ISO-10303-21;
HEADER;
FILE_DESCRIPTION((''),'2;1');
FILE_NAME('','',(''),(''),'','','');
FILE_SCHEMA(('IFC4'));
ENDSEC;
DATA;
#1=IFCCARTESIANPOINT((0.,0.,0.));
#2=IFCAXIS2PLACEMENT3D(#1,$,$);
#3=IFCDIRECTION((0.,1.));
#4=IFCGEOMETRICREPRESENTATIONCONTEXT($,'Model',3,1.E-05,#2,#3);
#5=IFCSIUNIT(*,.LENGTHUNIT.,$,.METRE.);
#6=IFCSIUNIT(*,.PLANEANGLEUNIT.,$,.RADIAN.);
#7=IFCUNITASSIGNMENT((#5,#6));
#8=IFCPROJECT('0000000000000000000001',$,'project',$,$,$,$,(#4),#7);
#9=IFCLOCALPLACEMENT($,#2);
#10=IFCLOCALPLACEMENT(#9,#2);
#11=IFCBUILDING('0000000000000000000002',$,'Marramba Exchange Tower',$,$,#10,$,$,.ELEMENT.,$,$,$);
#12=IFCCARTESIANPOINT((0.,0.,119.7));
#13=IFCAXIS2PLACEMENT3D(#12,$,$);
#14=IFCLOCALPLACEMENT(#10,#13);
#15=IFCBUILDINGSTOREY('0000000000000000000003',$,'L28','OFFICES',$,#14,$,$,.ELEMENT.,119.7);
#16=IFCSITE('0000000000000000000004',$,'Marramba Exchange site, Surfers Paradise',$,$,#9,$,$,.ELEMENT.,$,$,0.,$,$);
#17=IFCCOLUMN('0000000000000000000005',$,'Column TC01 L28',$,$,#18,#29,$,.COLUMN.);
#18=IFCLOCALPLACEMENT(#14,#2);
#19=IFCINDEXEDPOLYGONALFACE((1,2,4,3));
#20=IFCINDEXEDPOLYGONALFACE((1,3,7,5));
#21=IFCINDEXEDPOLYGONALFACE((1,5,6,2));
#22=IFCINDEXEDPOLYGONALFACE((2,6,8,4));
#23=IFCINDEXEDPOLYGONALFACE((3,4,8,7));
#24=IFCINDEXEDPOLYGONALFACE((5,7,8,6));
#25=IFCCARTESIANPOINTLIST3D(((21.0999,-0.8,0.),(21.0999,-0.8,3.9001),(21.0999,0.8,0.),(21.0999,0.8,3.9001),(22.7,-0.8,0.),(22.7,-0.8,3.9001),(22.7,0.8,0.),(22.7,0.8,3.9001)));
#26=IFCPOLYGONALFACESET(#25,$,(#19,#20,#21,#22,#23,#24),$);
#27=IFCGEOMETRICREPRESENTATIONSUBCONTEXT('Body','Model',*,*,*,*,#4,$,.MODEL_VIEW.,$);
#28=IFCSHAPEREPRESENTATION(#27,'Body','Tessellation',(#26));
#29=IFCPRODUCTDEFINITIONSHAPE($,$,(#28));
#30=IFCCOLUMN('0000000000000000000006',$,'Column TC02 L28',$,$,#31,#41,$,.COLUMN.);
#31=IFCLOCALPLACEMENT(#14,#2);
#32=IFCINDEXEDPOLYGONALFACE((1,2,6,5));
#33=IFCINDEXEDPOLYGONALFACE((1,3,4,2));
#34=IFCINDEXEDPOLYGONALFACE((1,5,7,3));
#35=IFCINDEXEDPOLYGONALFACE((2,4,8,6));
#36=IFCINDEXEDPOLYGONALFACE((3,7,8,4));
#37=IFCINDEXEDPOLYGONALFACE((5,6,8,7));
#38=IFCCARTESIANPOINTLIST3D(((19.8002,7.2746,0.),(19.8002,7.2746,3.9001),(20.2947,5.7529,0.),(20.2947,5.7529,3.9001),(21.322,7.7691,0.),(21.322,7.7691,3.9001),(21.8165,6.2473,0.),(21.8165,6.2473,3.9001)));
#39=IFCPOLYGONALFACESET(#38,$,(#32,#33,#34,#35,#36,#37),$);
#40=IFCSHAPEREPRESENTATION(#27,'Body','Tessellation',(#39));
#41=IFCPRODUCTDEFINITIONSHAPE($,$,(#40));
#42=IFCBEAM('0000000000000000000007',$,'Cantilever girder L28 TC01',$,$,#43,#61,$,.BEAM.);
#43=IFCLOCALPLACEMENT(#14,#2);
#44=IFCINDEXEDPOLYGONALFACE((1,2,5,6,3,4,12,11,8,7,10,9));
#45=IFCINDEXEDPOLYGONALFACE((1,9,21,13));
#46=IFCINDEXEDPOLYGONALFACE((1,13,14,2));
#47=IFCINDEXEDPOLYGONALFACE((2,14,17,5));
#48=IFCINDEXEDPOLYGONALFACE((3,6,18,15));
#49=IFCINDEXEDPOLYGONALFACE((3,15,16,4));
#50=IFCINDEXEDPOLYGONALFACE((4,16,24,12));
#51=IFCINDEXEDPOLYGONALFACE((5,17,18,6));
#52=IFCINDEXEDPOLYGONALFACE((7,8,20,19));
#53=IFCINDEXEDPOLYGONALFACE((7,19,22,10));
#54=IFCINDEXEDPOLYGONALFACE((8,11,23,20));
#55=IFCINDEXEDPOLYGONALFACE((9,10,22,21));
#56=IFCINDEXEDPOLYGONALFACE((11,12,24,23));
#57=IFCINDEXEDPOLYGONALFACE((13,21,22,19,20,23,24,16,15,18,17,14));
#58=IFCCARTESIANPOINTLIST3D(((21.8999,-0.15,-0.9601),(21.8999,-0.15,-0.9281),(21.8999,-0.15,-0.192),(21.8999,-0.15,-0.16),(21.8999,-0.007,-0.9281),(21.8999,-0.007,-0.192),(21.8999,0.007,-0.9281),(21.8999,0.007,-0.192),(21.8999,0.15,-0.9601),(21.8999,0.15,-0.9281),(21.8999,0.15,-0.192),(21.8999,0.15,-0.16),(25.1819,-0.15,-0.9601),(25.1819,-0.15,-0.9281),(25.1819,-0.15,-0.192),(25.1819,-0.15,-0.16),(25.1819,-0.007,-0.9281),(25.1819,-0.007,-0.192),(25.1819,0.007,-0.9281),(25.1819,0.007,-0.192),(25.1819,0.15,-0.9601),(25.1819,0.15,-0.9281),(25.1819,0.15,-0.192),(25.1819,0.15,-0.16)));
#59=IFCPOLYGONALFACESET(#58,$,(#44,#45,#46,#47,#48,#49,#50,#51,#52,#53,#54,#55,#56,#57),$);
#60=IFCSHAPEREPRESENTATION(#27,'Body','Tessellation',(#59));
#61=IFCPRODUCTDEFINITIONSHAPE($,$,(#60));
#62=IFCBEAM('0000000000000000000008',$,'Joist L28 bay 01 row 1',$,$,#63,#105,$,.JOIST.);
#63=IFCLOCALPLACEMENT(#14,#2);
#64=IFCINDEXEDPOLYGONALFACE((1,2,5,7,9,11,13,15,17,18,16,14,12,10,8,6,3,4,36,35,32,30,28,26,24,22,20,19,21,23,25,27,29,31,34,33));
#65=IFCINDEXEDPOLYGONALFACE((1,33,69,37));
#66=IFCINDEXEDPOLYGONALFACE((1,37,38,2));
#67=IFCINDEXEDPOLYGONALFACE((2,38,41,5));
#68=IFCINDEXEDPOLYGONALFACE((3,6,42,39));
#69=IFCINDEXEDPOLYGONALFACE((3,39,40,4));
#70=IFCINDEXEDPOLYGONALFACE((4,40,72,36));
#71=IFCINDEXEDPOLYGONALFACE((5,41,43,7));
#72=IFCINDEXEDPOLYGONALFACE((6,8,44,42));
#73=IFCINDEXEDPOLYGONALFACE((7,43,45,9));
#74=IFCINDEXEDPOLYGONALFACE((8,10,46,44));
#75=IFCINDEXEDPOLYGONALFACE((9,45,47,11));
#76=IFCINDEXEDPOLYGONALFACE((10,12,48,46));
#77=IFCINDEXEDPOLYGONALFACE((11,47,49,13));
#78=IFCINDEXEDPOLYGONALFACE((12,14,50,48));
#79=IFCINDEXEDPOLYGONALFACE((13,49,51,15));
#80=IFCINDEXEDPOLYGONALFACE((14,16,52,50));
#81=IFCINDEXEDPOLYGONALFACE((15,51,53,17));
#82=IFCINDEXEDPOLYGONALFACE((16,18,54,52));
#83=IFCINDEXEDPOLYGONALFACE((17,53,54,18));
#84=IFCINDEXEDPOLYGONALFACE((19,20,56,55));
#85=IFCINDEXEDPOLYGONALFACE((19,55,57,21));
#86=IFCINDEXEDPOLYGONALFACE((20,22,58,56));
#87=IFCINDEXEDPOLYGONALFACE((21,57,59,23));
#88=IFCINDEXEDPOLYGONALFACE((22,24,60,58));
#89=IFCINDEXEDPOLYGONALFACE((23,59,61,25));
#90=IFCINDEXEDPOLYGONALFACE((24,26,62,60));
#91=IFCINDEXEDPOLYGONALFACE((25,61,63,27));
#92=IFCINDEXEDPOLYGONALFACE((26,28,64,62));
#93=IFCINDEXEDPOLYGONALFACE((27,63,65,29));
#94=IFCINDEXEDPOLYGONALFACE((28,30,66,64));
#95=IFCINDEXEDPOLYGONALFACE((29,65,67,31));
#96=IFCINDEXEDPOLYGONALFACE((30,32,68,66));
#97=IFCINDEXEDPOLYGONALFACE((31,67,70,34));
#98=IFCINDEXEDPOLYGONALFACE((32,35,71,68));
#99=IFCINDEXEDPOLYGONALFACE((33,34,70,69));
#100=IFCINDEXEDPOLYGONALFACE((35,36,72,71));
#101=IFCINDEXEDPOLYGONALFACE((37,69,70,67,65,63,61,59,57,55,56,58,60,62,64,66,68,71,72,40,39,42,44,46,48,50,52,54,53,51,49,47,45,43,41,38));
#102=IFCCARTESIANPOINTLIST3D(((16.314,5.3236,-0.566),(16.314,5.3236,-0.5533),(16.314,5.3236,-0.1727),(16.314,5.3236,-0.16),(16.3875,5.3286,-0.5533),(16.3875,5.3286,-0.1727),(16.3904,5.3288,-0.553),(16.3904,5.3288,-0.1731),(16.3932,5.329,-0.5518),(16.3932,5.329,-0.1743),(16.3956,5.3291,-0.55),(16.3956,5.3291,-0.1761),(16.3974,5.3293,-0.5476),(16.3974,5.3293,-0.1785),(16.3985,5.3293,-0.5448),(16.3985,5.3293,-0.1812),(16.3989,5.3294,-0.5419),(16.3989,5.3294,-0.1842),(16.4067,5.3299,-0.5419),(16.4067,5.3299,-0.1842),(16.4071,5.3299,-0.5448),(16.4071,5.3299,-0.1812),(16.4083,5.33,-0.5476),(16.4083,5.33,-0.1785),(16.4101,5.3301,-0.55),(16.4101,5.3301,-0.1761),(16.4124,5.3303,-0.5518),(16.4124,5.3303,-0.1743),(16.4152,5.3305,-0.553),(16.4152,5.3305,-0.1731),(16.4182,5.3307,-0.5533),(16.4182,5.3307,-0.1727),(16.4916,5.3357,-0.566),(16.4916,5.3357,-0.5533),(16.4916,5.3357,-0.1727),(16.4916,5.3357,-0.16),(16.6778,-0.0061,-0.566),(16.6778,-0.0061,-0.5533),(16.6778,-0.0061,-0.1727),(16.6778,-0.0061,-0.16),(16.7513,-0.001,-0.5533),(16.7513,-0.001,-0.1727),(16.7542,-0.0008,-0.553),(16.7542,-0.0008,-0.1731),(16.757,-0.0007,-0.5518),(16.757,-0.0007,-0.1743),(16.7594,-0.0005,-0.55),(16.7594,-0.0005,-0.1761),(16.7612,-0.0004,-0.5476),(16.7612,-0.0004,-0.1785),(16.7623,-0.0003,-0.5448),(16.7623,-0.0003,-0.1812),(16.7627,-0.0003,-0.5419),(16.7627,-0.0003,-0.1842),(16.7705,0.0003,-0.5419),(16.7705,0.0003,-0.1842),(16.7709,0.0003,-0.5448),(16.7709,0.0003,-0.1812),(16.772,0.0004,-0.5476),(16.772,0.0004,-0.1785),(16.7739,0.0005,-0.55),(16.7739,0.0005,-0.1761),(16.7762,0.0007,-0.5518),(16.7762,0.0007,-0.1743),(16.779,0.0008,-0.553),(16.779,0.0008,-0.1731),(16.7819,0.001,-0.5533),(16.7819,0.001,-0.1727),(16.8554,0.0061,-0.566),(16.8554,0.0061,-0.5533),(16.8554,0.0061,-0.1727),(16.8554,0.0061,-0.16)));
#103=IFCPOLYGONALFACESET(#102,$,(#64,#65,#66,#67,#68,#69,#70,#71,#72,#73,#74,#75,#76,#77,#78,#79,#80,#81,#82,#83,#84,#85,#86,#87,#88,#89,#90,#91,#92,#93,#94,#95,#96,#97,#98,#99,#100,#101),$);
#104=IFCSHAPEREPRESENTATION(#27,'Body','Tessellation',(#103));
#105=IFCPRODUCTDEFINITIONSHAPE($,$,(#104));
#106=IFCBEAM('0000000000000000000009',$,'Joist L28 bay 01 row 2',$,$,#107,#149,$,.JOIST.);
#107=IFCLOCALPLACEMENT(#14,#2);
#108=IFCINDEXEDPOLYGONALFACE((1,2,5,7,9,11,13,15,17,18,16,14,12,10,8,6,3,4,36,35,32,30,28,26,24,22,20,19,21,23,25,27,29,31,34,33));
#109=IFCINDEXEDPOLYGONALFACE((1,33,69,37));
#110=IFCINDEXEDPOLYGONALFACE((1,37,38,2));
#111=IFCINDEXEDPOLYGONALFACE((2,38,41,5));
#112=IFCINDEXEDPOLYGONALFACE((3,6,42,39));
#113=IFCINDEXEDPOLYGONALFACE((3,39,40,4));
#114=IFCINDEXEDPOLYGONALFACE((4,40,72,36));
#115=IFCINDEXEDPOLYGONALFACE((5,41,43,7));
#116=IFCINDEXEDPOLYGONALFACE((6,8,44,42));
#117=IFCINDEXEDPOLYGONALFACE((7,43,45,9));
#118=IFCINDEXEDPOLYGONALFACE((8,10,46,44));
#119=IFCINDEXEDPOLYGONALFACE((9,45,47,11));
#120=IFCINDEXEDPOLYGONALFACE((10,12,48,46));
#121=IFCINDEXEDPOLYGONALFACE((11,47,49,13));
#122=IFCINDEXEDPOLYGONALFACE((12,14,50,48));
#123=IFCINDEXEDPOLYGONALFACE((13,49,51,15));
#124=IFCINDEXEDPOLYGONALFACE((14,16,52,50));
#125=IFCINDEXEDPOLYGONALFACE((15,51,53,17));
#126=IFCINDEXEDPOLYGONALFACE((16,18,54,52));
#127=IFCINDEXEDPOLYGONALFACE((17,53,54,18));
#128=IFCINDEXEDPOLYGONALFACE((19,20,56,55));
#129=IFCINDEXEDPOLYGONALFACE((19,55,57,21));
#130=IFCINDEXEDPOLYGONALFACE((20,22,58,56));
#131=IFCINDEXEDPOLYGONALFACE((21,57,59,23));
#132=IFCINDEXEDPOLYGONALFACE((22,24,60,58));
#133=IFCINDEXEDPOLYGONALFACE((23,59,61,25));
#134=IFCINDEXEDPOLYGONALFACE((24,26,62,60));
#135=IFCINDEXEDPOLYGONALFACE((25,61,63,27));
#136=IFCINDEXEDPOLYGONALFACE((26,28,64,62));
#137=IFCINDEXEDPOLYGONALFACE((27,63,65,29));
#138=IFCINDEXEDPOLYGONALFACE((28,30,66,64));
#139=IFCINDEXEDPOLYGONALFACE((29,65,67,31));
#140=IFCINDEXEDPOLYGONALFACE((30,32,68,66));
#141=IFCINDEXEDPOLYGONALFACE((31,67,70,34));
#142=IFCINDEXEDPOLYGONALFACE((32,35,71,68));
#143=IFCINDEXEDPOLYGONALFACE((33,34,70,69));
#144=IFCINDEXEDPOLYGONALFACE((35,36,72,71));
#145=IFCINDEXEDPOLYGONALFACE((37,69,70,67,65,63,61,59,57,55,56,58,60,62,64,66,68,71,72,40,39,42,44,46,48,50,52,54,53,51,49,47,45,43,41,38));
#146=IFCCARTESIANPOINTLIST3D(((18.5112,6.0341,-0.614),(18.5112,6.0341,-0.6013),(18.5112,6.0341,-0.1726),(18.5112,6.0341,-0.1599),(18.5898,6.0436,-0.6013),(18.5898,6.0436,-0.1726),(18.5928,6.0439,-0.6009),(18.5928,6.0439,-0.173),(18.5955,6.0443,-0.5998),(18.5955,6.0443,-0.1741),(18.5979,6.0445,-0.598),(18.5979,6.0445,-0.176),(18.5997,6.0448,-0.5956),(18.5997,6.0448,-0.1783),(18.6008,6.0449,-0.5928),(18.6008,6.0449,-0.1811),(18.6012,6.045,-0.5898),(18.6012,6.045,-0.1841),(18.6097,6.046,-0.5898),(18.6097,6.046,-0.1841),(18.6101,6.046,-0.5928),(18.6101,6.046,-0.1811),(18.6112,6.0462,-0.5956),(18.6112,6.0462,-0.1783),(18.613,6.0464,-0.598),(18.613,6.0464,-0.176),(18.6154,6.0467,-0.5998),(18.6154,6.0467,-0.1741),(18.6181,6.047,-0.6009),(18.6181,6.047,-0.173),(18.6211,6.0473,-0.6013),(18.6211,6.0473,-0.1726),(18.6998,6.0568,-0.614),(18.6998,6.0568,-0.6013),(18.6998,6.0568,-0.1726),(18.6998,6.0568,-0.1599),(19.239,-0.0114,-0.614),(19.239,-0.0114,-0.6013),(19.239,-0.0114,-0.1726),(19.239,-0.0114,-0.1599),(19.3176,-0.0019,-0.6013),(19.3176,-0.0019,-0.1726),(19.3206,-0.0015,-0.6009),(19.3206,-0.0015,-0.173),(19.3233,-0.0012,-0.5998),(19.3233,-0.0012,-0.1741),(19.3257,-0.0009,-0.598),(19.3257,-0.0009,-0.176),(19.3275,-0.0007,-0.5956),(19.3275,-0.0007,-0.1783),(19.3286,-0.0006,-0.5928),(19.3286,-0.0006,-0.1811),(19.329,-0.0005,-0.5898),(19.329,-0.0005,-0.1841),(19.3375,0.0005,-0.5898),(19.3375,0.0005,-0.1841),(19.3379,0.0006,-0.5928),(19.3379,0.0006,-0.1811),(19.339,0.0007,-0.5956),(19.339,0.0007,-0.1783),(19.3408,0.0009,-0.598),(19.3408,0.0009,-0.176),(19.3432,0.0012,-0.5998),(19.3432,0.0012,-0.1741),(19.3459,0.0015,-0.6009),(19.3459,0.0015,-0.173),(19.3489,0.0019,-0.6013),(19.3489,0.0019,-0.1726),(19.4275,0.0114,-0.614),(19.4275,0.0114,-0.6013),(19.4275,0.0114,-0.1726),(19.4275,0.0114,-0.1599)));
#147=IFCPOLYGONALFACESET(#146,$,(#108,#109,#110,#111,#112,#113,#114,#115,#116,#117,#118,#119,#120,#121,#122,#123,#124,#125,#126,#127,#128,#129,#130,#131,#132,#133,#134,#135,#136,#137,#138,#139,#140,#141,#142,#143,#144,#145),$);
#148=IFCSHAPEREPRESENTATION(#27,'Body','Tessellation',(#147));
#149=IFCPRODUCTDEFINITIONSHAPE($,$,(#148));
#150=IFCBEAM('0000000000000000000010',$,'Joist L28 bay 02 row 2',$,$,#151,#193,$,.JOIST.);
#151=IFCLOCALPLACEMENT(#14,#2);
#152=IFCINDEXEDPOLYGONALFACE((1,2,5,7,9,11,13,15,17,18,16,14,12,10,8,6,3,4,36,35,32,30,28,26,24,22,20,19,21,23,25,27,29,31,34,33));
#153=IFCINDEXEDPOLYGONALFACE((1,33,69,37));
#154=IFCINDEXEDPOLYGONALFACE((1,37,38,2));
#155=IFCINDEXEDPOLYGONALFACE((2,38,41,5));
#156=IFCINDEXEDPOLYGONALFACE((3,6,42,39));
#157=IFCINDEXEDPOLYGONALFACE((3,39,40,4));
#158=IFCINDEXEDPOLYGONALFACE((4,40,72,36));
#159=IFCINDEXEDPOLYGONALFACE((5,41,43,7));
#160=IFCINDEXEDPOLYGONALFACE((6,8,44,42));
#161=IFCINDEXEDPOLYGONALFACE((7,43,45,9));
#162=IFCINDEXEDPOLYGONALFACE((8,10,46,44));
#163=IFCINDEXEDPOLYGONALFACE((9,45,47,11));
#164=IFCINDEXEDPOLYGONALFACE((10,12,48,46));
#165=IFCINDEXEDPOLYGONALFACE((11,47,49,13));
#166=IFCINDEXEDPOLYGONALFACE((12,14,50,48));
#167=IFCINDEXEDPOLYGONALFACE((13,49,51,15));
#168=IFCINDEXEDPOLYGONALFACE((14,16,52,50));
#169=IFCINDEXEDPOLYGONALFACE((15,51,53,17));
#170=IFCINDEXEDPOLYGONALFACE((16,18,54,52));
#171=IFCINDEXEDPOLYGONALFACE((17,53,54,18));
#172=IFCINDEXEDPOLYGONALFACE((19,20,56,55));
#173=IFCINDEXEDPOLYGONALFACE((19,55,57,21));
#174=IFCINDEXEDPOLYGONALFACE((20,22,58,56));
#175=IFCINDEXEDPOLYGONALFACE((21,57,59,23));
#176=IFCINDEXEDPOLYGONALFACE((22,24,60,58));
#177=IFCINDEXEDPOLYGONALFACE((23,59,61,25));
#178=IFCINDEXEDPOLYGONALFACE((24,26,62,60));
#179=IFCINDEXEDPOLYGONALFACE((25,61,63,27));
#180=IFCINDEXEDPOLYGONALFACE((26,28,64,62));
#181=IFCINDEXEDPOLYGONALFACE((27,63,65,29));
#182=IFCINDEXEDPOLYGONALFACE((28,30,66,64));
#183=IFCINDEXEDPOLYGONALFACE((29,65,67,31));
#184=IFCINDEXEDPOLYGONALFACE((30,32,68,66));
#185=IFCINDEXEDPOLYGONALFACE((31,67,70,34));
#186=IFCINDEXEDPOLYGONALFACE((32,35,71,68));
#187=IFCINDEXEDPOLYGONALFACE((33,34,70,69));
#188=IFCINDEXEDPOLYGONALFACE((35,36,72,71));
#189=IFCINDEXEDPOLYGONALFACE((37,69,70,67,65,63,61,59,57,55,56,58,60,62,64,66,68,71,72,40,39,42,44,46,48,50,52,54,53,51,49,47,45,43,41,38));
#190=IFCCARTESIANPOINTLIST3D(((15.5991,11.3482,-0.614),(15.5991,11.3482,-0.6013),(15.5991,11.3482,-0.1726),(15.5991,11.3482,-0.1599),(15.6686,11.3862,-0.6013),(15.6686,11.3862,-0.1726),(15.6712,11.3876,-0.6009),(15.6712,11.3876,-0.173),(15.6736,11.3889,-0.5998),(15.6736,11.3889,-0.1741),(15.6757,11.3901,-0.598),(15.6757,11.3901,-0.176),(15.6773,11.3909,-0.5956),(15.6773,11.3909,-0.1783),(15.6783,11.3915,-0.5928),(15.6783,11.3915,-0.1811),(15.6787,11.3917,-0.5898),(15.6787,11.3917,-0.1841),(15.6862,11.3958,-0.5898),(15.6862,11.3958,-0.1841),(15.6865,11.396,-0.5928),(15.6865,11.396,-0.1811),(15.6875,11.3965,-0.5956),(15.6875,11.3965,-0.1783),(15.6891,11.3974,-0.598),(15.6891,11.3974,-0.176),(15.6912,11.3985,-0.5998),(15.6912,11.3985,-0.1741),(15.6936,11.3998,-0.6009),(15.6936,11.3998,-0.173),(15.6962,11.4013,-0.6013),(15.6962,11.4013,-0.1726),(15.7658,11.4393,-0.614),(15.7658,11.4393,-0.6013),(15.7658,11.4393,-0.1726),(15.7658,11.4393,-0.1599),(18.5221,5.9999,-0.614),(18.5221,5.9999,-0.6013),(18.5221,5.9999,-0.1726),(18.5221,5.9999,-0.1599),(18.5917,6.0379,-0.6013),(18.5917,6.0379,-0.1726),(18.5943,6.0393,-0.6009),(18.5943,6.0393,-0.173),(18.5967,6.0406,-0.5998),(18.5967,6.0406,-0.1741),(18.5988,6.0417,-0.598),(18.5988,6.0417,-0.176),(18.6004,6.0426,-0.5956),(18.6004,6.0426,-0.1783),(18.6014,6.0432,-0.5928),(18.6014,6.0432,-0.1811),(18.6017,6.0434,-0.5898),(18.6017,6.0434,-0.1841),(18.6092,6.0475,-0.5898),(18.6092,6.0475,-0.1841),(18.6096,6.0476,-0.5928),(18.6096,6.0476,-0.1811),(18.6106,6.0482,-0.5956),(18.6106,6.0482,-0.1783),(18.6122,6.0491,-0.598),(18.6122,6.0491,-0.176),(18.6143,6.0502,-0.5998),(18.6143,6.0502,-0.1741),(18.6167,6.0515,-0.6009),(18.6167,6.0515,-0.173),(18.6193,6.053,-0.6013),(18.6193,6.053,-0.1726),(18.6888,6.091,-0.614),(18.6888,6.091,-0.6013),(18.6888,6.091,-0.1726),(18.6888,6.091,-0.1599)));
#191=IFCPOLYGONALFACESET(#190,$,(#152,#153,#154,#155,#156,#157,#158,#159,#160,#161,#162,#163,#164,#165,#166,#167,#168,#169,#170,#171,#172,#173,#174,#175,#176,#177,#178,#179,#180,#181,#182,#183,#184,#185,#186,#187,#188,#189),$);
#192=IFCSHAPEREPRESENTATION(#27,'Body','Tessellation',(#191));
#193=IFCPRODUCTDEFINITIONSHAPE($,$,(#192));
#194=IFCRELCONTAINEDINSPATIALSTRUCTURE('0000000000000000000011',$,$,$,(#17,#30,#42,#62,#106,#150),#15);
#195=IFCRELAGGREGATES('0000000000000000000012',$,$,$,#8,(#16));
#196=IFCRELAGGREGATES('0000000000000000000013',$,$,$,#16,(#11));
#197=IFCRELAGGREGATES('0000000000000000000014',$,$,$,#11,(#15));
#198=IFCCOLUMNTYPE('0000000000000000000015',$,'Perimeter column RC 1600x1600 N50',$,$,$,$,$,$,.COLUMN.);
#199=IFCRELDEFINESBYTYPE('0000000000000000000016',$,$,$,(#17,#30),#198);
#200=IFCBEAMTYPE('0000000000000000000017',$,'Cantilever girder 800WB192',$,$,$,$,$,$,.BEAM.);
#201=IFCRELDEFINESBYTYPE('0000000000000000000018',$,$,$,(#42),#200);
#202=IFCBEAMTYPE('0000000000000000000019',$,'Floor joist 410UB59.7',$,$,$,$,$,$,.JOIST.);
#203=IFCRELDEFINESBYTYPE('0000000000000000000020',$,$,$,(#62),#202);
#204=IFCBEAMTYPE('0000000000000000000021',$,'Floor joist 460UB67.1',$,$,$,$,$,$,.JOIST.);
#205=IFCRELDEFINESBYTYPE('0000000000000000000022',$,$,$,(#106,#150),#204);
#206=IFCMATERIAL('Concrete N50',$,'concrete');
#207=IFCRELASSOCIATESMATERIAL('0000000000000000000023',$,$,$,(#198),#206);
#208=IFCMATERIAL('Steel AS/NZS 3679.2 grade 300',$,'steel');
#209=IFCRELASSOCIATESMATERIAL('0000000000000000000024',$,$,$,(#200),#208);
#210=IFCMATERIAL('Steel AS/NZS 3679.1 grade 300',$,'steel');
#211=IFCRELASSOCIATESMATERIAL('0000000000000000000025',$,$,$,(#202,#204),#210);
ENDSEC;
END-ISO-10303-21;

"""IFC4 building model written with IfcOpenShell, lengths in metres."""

from ifc_helpers import new_model, si_unit, direction, frame, origin, origin_2d, place, context, subcontext, project, spatial, rectangle, i_section, extrude, material, material_profile, profile_set, type_object, element, save


model = new_model("IFC4")

# Units and contexts
model_context = context("Model", 3, precision=1e-05, world=origin(), true_north=direction((0.0, 1.0)))
body_context = subcontext(model_context, "Body", "Model", "MODEL_VIEW")
ifc_project = project(units=[si_unit("LENGTHUNIT", "METRE"), si_unit("PLANEANGLEUNIT", "RADIAN")], contexts=[model_context])

# Site, building, storey
site_placement = place(None, origin())
site = spatial("IfcSite", under=ifc_project, at=site_placement, Name="Marramba Exchange site, Surfers Paradise", CompositionType="ELEMENT", RefElevation=0.0)
building_placement = place(site_placement, origin())
building = spatial("IfcBuilding", under=site, at=building_placement, Name="Marramba Exchange Tower", CompositionType="ELEMENT")
storey_placement = place(building_placement, frame((0.0, 0.0, 119.7)))
storey = spatial("IfcBuildingStorey", under=building, at=storey_placement, Name="L28", Description="OFFICES", CompositionType="ELEMENT", Elevation=119.7)

# Columns
ifc_material_1 = material(Name="Concrete N50", Category="concrete")
ifc_material_profile_1 = material_profile(ifc_material_1, rectangle(XDim=1.6001, YDim=1.6001, at=origin_2d()), Name="RC 1600x1600")
ifc_profile_set_1 = profile_set([ifc_material_profile_1], Name="Concrete N50")
column_type = type_object("IfcColumnType", Name="Perimeter column RC 1600x1600 N50", PredefinedType="COLUMN", material=ifc_profile_set_1)
for number, where, z_axis, x_axis, name in (
    (1, (21.8999, 0.0, 0.0), (0.0, 0.0, 1.0), (1.0, 0.0, 0.0), "Column TC01 L28"),
    (2, (20.8083, 6.761, 0.0), (0.0, 0.0, 1.0), (0.951057, 0.309017, 0.0), "Column TC02 L28"),
):
    element("IfcColumn", number, at=place(storey_placement, frame(where, z_axis=z_axis, x_axis=x_axis)), inside=storey, type_object=column_type, Name=name, PredefinedType="COLUMN", context=body_context, shape_type="SweptSolid", body=[
        extrude(rectangle(XDim=1.6001, YDim=1.6001, at=origin_2d()), origin(), (0.0, 0.0, 1.0), 3.9001),
    ])

# Beams
ifc_material_2 = material(Name="Steel AS/NZS 3679.2 grade 300", Category="steel")
ifc_material_profile_2 = material_profile(ifc_material_2, i_section(OverallWidth=0.3, OverallDepth=0.8, WebThickness=0.0139, FlangeThickness=0.032, at=origin_2d()), Name="800WB192")
ifc_profile_set_2 = profile_set([ifc_material_profile_2], Name="Steel AS/NZS 3679.2 grade 300")
beam_type_1 = type_object("IfcBeamType", Name="Cantilever girder 800WB192", PredefinedType="BEAM", material=ifc_profile_set_2)
beam_1_placement = place(storey_placement, frame((21.8999, 0.0, -0.5601), z_axis=(1.0, 0.0, 0.0), x_axis=(0.0, 1.0, 0.0)))
element("IfcBeam", 3, at=beam_1_placement, inside=storey, type_object=beam_type_1, Name="Cantilever girder L28 TC01", PredefinedType="BEAM", context=body_context, shape_type="SweptSolid", body=[
    extrude(i_section(OverallWidth=0.3, OverallDepth=0.8, WebThickness=0.0139, FlangeThickness=0.032, at=origin_2d()), origin(), (0.0, 0.0, 1.0), 3.282),
])
ifc_material_3 = material(Name="Steel AS/NZS 3679.1 grade 300", Category="steel")
ifc_material_profile_3 = material_profile(ifc_material_3, i_section(OverallWidth=0.178, OverallDepth=0.406, WebThickness=0.0078, FlangeThickness=0.0127, FilletRadius=0.0115, at=origin_2d()), Name="410UB59.7")
ifc_profile_set_3 = profile_set([ifc_material_profile_3], Name="Steel AS/NZS 3679.1 grade 300")
beam_type_2 = type_object("IfcBeamType", Name="Floor joist 410UB59.7", PredefinedType="JOIST", material=ifc_profile_set_3)
beam_2_placement = place(storey_placement, frame((16.7666, 0.0, -0.363), z_axis=(-0.068096, 0.997679, 0.0), x_axis=(-0.997679, -0.068096, 0.0)))
element("IfcBeam", 4, at=beam_2_placement, inside=storey, type_object=beam_type_2, Name="Joist L28 bay 01 row 1", PredefinedType="JOIST", context=body_context, shape_type="SweptSolid", body=[
    extrude(i_section(OverallWidth=0.178, OverallDepth=0.406, WebThickness=0.0078, FlangeThickness=0.0127, FilletRadius=0.0115, at=origin_2d()), origin(), (0.0, 0.0, 1.0), 5.342),
])
ifc_material_profile_4 = material_profile(ifc_material_3, i_section(OverallWidth=0.1899, OverallDepth=0.4541, WebThickness=0.0085, FlangeThickness=0.0127, FilletRadius=0.0115, at=origin_2d()), Name="460UB67.1")
ifc_profile_set_4 = profile_set([ifc_material_profile_4], Name="Steel AS/NZS 3679.1 grade 300")
beam_type_3 = type_object("IfcBeamType", Name="Floor joist 460UB67.1", PredefinedType="JOIST", material=ifc_profile_set_4)
beam_3_placement = place(storey_placement, frame((19.3333, 0.0, -0.387), z_axis=(-0.119523, 0.992831, 0.0), x_axis=(-0.992831, -0.119523, 0.0)))
element("IfcBeam", 5, at=beam_3_placement, inside=storey, type_object=beam_type_3, Name="Joist L28 bay 01 row 2", PredefinedType="JOIST", context=body_context, shape_type="SweptSolid", body=[
    extrude(i_section(OverallWidth=0.1899, OverallDepth=0.4541, WebThickness=0.0085, FlangeThickness=0.0127, FilletRadius=0.0115, at=origin_2d()), origin(), (0.0, 0.0, 1.0), 6.0891),
])
beam_4_placement = place(storey_placement, frame((18.6055, 6.0454, -0.387), z_axis=(-0.479584, 0.877496, 0.0), x_axis=(-0.877496, -0.479584, 0.0)))
element("IfcBeam", 6, at=beam_4_placement, inside=storey, type_object=beam_type_3, Name="Joist L28 bay 02 row 2", PredefinedType="JOIST", context=body_context, shape_type="SweptSolid", body=[
    extrude(i_section(OverallWidth=0.1899, OverallDepth=0.4541, WebThickness=0.0085, FlangeThickness=0.0127, FilletRadius=0.0115, at=origin_2d()), origin(), (0.0, 0.0, 1.0), 6.095),
])

save(model, "model.ifc")
